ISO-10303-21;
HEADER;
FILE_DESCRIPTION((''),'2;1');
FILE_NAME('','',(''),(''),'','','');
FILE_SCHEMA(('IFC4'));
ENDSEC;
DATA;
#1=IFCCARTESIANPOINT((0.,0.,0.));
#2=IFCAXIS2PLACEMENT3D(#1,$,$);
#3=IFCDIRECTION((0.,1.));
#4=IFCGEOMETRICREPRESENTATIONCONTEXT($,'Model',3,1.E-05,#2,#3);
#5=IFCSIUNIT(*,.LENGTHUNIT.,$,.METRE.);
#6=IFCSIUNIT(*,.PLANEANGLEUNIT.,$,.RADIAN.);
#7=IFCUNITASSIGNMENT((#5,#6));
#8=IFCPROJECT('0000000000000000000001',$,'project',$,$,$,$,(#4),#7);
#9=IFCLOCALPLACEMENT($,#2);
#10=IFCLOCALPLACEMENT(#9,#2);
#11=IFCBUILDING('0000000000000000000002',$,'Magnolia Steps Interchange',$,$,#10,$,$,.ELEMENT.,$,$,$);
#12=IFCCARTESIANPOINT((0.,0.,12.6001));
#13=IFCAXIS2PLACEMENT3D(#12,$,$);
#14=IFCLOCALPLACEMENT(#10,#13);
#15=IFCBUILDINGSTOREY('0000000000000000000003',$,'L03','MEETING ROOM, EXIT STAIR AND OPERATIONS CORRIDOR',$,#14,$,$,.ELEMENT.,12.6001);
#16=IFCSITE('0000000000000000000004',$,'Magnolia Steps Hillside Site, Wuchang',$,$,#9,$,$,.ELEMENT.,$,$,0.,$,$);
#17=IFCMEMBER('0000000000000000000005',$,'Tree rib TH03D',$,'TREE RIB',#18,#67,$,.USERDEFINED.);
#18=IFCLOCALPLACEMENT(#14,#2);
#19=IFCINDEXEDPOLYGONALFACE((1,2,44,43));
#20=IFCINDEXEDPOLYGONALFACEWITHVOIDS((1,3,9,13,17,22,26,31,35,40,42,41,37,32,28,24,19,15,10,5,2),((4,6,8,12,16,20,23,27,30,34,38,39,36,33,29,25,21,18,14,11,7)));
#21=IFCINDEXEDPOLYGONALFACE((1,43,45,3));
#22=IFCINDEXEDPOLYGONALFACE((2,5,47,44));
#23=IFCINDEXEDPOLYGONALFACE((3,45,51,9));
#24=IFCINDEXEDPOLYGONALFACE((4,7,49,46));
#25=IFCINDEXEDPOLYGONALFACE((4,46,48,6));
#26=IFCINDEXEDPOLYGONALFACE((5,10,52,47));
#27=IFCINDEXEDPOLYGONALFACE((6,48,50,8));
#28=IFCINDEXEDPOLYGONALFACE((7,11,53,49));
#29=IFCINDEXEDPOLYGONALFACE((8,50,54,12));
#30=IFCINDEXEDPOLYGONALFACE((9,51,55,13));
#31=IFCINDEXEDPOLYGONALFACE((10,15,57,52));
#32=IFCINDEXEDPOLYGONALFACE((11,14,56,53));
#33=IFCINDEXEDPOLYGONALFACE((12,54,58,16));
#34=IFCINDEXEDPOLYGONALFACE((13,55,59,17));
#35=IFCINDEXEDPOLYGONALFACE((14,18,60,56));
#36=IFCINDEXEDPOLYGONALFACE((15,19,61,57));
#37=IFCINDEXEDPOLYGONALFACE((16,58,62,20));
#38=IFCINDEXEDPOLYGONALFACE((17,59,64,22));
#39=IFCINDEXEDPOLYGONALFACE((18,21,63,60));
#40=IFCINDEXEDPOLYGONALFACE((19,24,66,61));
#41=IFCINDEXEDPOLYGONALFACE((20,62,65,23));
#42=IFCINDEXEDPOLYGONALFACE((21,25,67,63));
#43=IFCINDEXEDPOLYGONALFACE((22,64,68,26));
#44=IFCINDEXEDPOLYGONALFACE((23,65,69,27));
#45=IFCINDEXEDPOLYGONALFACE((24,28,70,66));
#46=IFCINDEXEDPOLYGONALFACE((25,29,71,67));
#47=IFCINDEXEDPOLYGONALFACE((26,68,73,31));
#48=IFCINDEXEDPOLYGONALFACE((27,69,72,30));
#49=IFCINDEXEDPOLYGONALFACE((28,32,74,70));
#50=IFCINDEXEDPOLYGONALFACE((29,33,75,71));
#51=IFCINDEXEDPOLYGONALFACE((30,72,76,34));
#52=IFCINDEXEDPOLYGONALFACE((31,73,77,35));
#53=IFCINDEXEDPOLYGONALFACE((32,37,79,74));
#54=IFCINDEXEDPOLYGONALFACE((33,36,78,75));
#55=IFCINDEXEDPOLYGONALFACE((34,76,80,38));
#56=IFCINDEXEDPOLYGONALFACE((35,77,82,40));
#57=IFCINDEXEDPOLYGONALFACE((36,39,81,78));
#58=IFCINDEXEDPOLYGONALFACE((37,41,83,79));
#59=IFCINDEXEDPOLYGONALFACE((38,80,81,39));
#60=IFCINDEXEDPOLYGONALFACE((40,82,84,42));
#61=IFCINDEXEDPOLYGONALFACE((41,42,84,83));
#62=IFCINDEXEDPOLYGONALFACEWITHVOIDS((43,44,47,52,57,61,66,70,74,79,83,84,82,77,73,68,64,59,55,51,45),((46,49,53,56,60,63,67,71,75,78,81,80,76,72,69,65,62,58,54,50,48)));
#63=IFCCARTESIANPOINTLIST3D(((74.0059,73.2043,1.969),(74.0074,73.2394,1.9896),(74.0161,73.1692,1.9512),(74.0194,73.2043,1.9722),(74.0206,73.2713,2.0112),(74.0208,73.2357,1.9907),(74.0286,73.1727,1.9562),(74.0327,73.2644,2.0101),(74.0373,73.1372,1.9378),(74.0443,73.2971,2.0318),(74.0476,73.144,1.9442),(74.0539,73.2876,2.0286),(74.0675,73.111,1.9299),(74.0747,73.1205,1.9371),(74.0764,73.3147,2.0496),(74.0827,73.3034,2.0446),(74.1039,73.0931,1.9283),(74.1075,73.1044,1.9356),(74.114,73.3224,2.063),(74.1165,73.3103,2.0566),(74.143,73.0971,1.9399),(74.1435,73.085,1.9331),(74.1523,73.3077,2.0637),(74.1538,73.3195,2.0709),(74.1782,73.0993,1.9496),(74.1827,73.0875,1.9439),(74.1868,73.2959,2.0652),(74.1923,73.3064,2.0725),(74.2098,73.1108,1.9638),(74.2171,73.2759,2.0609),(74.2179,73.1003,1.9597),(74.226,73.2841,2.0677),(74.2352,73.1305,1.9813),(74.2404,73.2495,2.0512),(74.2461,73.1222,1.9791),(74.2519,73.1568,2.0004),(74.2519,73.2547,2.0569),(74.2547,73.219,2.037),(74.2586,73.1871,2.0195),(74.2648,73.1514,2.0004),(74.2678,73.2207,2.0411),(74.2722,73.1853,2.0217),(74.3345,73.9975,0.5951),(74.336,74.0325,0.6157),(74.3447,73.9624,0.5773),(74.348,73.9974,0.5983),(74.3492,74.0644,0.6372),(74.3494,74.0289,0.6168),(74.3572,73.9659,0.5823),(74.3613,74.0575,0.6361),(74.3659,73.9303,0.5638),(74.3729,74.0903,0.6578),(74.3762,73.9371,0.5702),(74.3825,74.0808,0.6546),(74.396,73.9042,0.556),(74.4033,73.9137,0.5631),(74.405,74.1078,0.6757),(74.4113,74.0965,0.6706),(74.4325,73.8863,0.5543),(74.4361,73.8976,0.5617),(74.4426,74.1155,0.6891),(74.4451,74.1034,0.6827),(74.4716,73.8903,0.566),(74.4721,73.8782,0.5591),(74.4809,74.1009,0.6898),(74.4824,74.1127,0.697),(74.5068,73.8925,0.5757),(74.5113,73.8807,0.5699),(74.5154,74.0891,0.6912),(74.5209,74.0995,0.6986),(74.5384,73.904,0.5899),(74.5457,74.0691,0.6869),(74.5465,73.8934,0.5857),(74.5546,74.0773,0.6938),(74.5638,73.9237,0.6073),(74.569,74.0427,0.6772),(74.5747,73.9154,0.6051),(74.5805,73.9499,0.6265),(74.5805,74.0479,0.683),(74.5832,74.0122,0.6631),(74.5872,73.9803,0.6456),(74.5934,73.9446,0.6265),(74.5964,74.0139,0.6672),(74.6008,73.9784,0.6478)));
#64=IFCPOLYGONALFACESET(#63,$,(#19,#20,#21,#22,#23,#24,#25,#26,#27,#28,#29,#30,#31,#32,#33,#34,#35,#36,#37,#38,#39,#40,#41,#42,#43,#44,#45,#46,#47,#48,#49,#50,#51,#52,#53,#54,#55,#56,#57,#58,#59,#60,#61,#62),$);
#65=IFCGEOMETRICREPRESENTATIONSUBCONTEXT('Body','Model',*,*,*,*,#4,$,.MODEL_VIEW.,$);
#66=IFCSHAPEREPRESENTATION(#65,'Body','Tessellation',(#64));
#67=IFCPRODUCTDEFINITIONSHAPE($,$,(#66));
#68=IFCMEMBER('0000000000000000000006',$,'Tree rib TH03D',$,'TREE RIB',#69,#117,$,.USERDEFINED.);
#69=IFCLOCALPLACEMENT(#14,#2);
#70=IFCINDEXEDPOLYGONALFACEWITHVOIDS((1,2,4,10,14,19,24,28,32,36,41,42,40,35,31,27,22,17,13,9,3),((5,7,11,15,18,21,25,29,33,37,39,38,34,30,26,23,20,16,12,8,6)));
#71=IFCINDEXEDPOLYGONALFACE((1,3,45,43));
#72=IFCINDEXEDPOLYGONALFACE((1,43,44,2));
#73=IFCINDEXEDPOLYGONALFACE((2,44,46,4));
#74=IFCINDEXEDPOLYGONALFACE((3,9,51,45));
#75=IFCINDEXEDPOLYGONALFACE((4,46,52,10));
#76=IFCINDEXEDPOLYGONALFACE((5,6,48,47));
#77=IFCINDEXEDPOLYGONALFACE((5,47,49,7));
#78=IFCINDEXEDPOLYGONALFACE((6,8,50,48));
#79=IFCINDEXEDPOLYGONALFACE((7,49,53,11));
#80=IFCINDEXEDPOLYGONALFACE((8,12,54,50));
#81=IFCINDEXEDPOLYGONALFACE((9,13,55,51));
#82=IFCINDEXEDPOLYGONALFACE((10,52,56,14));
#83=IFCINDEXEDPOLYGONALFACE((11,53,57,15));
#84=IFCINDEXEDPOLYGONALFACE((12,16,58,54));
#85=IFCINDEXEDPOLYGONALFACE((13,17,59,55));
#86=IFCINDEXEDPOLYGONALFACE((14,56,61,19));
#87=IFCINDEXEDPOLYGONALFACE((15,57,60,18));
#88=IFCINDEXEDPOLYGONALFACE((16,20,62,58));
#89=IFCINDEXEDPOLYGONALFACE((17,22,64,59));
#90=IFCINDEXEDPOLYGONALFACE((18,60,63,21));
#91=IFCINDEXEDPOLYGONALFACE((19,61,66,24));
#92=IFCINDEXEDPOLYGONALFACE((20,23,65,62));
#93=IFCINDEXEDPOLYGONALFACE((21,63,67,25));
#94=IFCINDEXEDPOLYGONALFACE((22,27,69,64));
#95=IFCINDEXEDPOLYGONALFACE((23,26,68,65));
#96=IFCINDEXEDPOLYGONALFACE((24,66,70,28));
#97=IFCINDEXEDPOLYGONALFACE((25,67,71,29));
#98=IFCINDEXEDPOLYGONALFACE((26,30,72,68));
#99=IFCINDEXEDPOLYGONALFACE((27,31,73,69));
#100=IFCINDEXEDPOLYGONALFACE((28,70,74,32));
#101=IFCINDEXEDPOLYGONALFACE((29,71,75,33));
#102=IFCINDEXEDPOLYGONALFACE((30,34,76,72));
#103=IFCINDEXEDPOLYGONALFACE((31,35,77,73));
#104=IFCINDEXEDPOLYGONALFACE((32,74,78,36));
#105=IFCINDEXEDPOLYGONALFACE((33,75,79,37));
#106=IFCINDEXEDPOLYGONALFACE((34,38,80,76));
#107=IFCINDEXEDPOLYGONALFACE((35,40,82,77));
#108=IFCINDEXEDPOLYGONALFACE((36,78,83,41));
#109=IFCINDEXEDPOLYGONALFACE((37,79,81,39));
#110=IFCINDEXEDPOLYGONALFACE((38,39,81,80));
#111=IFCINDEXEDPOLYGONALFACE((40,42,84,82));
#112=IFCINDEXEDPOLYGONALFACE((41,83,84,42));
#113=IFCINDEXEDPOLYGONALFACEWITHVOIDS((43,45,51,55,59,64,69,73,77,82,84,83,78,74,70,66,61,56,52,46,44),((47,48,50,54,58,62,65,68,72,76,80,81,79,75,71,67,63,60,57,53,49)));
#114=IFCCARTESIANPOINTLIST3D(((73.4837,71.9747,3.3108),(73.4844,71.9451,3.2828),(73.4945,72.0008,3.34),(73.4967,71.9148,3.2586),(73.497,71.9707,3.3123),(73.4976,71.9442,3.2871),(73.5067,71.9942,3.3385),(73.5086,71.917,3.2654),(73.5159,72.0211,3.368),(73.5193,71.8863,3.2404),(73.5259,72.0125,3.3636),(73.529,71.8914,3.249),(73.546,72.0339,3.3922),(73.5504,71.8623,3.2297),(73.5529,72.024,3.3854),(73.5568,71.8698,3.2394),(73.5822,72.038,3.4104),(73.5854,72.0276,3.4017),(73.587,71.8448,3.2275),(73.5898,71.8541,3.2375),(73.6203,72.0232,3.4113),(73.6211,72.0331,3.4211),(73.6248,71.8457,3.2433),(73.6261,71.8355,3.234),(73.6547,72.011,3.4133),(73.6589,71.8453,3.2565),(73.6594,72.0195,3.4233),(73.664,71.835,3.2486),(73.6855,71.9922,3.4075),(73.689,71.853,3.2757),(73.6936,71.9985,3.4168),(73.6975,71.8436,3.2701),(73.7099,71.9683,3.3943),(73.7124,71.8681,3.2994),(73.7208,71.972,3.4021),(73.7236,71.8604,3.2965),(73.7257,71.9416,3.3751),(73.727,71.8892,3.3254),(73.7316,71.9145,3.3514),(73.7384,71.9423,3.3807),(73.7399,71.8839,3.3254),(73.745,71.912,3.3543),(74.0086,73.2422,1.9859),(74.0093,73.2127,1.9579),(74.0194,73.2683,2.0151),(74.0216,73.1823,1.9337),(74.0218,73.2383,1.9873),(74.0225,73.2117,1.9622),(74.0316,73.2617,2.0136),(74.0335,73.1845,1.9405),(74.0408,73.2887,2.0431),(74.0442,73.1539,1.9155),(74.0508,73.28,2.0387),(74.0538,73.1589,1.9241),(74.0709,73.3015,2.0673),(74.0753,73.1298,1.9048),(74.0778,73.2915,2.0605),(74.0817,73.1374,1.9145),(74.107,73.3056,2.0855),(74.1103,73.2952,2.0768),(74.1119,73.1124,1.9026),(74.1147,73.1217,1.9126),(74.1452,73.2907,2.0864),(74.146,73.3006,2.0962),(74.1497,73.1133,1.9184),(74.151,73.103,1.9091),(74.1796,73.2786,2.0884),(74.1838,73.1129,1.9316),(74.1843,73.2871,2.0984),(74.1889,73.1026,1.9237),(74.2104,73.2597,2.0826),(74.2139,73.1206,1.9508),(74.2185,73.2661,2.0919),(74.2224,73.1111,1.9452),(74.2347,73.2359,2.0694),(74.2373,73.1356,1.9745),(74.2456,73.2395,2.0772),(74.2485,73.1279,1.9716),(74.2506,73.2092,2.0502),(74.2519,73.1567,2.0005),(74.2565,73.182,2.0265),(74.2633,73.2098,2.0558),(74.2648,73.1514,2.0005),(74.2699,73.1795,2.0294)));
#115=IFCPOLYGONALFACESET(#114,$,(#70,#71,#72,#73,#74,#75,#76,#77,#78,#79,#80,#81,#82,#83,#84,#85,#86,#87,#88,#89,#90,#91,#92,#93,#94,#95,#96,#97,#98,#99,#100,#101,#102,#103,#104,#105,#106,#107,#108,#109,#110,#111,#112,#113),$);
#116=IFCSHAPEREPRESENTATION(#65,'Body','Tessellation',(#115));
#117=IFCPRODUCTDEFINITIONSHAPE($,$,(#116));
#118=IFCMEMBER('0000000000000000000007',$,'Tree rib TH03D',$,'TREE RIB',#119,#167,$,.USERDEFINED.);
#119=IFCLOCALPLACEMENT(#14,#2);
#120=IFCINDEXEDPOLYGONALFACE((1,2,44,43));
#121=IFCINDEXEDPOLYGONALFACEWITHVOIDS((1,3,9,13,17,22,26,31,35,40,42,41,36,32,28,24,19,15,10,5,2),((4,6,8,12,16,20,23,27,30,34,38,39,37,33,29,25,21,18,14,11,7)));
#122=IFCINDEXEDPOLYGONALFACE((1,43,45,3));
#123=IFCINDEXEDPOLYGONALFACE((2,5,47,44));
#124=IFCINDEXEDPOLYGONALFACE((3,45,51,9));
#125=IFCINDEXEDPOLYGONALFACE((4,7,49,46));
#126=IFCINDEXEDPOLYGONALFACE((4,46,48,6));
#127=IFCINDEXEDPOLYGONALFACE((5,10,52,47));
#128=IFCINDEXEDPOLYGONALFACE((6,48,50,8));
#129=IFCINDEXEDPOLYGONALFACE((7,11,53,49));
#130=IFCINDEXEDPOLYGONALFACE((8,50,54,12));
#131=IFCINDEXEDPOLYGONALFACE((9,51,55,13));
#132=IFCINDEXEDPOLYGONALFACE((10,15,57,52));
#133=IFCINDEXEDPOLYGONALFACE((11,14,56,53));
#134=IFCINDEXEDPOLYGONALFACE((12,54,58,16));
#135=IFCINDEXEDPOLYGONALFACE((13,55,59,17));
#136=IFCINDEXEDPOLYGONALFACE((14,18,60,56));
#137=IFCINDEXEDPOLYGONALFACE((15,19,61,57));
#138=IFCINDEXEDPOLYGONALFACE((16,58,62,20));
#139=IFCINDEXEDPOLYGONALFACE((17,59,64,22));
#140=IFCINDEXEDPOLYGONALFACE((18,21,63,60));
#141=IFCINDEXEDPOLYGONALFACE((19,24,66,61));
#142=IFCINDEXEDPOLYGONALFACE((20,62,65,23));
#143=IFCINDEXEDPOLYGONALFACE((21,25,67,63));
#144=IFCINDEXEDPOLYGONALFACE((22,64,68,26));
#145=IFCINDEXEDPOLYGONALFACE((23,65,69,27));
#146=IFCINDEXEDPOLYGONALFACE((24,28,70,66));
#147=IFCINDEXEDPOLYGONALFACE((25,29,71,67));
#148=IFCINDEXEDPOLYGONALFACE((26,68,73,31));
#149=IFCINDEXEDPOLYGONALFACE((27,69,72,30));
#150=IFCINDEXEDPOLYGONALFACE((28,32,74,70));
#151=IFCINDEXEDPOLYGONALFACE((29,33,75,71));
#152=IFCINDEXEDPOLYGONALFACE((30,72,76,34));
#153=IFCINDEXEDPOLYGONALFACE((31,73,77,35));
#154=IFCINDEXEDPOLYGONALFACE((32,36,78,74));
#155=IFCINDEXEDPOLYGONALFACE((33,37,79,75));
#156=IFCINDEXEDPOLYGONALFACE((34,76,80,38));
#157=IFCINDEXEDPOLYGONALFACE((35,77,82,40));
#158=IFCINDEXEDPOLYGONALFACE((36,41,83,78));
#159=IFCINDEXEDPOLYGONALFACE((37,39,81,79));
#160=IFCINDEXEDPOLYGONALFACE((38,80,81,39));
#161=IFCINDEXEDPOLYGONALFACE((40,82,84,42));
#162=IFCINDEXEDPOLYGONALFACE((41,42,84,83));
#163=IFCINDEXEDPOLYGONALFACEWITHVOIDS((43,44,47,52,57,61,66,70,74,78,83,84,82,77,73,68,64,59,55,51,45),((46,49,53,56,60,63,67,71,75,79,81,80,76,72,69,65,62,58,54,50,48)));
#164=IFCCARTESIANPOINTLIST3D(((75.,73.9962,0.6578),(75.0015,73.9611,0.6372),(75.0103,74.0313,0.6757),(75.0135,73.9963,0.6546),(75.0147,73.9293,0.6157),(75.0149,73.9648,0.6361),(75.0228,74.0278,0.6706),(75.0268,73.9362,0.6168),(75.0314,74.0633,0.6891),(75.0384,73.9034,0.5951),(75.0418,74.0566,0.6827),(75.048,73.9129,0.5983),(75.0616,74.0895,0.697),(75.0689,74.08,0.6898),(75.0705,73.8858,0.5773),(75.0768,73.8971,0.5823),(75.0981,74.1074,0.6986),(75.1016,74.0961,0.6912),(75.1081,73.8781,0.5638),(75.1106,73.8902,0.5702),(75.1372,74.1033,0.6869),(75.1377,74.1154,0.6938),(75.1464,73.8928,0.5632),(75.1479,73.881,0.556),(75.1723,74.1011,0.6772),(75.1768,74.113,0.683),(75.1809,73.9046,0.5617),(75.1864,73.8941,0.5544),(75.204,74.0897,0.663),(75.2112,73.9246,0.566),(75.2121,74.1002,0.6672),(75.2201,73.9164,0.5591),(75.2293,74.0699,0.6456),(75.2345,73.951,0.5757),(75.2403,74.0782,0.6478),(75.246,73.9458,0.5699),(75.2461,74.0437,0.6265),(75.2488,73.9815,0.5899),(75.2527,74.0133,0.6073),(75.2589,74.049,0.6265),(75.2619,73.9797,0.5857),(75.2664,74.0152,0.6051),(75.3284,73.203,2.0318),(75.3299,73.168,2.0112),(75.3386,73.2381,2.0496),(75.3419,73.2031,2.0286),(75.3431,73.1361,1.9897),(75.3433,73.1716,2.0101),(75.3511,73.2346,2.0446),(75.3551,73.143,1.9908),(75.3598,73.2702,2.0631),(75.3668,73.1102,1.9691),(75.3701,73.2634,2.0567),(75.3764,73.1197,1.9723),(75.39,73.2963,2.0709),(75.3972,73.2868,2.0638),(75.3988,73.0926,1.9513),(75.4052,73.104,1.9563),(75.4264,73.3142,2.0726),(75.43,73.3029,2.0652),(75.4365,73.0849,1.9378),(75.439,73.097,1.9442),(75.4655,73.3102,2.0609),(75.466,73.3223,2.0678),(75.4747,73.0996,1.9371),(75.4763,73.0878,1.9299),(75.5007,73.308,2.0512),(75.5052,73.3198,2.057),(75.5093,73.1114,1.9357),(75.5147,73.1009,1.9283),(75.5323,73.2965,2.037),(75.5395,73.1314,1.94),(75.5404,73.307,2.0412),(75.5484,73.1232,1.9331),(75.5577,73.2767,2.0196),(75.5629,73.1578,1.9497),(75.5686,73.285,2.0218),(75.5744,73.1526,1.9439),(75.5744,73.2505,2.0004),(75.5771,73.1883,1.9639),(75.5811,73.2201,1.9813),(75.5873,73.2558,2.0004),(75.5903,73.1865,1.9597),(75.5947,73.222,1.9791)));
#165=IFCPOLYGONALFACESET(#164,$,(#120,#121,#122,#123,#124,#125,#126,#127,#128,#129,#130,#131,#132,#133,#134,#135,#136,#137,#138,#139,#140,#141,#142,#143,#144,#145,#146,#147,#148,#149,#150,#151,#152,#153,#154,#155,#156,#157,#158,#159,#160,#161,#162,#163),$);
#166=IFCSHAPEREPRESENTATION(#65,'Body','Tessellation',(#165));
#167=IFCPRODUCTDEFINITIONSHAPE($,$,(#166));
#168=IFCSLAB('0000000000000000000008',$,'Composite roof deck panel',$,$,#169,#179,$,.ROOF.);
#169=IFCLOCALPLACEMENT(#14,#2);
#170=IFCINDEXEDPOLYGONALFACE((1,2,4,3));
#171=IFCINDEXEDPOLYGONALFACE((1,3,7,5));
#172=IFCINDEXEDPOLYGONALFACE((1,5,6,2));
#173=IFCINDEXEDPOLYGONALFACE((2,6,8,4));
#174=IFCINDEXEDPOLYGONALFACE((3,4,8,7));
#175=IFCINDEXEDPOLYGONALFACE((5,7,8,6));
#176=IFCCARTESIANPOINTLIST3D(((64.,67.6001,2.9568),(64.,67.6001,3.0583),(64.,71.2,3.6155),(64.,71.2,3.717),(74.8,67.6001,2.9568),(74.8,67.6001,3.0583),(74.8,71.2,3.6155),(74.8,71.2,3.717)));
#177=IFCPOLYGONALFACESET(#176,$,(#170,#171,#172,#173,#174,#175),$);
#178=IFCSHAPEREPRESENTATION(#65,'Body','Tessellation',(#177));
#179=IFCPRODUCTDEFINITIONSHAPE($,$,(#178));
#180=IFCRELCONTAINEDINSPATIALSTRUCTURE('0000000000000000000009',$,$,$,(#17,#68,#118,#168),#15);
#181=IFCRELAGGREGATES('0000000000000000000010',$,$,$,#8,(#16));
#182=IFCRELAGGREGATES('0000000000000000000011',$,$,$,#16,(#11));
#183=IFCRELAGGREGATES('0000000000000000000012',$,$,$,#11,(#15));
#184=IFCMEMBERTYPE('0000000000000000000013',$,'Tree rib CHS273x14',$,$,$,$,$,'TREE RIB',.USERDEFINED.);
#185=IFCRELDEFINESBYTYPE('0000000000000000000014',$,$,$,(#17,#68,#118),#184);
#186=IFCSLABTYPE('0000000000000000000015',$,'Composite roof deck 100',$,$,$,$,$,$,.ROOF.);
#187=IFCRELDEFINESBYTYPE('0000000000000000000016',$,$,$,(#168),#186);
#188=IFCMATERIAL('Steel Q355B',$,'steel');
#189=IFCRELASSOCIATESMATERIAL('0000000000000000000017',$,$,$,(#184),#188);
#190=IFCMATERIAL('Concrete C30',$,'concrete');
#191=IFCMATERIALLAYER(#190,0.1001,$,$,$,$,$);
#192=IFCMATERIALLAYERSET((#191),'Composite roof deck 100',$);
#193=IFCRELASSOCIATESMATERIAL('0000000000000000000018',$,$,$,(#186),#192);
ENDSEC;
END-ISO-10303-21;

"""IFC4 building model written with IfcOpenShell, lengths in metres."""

from ifc_helpers import new_model, si_unit, direction, frame, origin, origin_2d, place, context, subcontext, project, spatial, polyline, hollow_circle, outline, extrude, material, layer, layer_set, material_profile, profile_set, type_object, element, save


model = new_model("IFC4")

# Units and contexts
model_context = context("Model", 3, precision=1e-05, world=origin(), true_north=direction((0.0, 1.0)))
body_context = subcontext(model_context, "Body", "Model", "MODEL_VIEW")
ifc_project = project(units=[si_unit("LENGTHUNIT", "METRE"), si_unit("PLANEANGLEUNIT", "RADIAN")], contexts=[model_context])

# Site, building, storey
site_placement = place(None, origin())
site = spatial("IfcSite", under=ifc_project, at=site_placement, Name="Magnolia Steps Hillside Site, Wuchang", CompositionType="ELEMENT", RefElevation=0.0)
building_placement = place(site_placement, origin())
building = spatial("IfcBuilding", under=site, at=building_placement, Name="Magnolia Steps Interchange", CompositionType="ELEMENT")
storey_placement = place(building_placement, frame((0.0, 0.0, 12.6001)))
storey = spatial("IfcBuildingStorey", under=building, at=storey_placement, Name="L03", Description="MEETING ROOM, EXIT STAIR AND OPERATIONS CORRIDOR", CompositionType="ELEMENT", Elevation=12.6001)

# Members
ifc_material_1 = material(Name="Steel Q355B", Category="steel")
ifc_material_profile_1 = material_profile(ifc_material_1, hollow_circle(Radius=0.1365, WallThickness=0.0139, at=origin_2d()), Name="CHS273x14")
ifc_profile_set_1 = profile_set([ifc_material_profile_1], Name="Steel Q355B")
member_type = type_object("IfcMemberType", Name="Tree rib CHS273x14", ElementType="TREE RIB", PredefinedType="USERDEFINED", material=ifc_profile_set_1)
member_1_placement = place(storey_placement, frame((74.4673, 73.9968, 0.6265), z_axis=(-0.20282, -0.489571, 0.848047), x_axis=(0.923857, -0.382737, 0.0)))
element("IfcMember", 1, at=member_1_placement, inside=storey, type_object=member_type, Name="Tree rib TH03D", ObjectType="TREE RIB", PredefinedType="USERDEFINED", context=body_context, shape_type="SweptSolid", body=[
    extrude(hollow_circle(Radius=0.1365, WallThickness=0.0139, at=origin_2d()), origin(), (0.0, 0.0, 1.0), 1.6201),
])
member_2_placement = place(storey_placement, frame((74.1387, 73.2036, 2.0005), z_axis=(-0.275208, -0.664595, 0.694676), x_axis=(0.923917, -0.382593, 0.0)))
element("IfcMember", 2, at=member_2_placement, inside=storey, type_object=member_type, Name="Tree rib TH03D", ObjectType="TREE RIB", PredefinedType="USERDEFINED", context=body_context, shape_type="SweptSolid", body=[
    extrude(hollow_circle(Radius=0.1365, WallThickness=0.0139, at=origin_2d()), origin(), (0.0, 0.0, 1.0), 1.9072),
])
member_3_placement = place(storey_placement, frame((75.1328, 73.9968, 0.6265), z_axis=(0.202676, -0.489586, 0.848073), x_axis=(0.923958, 0.382494, 0.0)))
element("IfcMember", 3, at=member_3_placement, inside=storey, type_object=member_type, Name="Tree rib TH03D", ObjectType="TREE RIB", PredefinedType="USERDEFINED", context=body_context, shape_type="SweptSolid", body=[
    extrude(hollow_circle(Radius=0.1365, WallThickness=0.0139, at=origin_2d()), origin(), (0.0, 0.0, 1.0), 1.6201),
])

# Slab
ifc_material_2 = material(Name="Concrete C30", Category="concrete")
ifc_layer = layer(ifc_material_2, 0.1001)
ifc_layer_set = layer_set([ifc_layer], Name="Composite roof deck 100")
slab_type = type_object("IfcSlabType", Name="Composite roof deck 100", PredefinedType="ROOF", material=ifc_layer_set)
slab_placement = place(storey_placement, frame((74.8, 67.6001, 3.0583), z_axis=(0.0, -0.179989, 0.983669), x_axis=(0.0, 0.983669, 0.179989)))
element("IfcSlab", 4, at=slab_placement, inside=storey, type_object=slab_type, Name="Composite roof deck panel", PredefinedType="ROOF", context=body_context, shape_type="SweptSolid", body=[
    extrude(outline(polyline([(0.0, 0.0), (3.6596, 0.0), (3.6596, 10.8), (0.0, 10.8), (0.0, 0.0)])), origin(), (-0.179989, 0.0, -0.983669), 0.1016),
])

save(model, "model.ifc")
